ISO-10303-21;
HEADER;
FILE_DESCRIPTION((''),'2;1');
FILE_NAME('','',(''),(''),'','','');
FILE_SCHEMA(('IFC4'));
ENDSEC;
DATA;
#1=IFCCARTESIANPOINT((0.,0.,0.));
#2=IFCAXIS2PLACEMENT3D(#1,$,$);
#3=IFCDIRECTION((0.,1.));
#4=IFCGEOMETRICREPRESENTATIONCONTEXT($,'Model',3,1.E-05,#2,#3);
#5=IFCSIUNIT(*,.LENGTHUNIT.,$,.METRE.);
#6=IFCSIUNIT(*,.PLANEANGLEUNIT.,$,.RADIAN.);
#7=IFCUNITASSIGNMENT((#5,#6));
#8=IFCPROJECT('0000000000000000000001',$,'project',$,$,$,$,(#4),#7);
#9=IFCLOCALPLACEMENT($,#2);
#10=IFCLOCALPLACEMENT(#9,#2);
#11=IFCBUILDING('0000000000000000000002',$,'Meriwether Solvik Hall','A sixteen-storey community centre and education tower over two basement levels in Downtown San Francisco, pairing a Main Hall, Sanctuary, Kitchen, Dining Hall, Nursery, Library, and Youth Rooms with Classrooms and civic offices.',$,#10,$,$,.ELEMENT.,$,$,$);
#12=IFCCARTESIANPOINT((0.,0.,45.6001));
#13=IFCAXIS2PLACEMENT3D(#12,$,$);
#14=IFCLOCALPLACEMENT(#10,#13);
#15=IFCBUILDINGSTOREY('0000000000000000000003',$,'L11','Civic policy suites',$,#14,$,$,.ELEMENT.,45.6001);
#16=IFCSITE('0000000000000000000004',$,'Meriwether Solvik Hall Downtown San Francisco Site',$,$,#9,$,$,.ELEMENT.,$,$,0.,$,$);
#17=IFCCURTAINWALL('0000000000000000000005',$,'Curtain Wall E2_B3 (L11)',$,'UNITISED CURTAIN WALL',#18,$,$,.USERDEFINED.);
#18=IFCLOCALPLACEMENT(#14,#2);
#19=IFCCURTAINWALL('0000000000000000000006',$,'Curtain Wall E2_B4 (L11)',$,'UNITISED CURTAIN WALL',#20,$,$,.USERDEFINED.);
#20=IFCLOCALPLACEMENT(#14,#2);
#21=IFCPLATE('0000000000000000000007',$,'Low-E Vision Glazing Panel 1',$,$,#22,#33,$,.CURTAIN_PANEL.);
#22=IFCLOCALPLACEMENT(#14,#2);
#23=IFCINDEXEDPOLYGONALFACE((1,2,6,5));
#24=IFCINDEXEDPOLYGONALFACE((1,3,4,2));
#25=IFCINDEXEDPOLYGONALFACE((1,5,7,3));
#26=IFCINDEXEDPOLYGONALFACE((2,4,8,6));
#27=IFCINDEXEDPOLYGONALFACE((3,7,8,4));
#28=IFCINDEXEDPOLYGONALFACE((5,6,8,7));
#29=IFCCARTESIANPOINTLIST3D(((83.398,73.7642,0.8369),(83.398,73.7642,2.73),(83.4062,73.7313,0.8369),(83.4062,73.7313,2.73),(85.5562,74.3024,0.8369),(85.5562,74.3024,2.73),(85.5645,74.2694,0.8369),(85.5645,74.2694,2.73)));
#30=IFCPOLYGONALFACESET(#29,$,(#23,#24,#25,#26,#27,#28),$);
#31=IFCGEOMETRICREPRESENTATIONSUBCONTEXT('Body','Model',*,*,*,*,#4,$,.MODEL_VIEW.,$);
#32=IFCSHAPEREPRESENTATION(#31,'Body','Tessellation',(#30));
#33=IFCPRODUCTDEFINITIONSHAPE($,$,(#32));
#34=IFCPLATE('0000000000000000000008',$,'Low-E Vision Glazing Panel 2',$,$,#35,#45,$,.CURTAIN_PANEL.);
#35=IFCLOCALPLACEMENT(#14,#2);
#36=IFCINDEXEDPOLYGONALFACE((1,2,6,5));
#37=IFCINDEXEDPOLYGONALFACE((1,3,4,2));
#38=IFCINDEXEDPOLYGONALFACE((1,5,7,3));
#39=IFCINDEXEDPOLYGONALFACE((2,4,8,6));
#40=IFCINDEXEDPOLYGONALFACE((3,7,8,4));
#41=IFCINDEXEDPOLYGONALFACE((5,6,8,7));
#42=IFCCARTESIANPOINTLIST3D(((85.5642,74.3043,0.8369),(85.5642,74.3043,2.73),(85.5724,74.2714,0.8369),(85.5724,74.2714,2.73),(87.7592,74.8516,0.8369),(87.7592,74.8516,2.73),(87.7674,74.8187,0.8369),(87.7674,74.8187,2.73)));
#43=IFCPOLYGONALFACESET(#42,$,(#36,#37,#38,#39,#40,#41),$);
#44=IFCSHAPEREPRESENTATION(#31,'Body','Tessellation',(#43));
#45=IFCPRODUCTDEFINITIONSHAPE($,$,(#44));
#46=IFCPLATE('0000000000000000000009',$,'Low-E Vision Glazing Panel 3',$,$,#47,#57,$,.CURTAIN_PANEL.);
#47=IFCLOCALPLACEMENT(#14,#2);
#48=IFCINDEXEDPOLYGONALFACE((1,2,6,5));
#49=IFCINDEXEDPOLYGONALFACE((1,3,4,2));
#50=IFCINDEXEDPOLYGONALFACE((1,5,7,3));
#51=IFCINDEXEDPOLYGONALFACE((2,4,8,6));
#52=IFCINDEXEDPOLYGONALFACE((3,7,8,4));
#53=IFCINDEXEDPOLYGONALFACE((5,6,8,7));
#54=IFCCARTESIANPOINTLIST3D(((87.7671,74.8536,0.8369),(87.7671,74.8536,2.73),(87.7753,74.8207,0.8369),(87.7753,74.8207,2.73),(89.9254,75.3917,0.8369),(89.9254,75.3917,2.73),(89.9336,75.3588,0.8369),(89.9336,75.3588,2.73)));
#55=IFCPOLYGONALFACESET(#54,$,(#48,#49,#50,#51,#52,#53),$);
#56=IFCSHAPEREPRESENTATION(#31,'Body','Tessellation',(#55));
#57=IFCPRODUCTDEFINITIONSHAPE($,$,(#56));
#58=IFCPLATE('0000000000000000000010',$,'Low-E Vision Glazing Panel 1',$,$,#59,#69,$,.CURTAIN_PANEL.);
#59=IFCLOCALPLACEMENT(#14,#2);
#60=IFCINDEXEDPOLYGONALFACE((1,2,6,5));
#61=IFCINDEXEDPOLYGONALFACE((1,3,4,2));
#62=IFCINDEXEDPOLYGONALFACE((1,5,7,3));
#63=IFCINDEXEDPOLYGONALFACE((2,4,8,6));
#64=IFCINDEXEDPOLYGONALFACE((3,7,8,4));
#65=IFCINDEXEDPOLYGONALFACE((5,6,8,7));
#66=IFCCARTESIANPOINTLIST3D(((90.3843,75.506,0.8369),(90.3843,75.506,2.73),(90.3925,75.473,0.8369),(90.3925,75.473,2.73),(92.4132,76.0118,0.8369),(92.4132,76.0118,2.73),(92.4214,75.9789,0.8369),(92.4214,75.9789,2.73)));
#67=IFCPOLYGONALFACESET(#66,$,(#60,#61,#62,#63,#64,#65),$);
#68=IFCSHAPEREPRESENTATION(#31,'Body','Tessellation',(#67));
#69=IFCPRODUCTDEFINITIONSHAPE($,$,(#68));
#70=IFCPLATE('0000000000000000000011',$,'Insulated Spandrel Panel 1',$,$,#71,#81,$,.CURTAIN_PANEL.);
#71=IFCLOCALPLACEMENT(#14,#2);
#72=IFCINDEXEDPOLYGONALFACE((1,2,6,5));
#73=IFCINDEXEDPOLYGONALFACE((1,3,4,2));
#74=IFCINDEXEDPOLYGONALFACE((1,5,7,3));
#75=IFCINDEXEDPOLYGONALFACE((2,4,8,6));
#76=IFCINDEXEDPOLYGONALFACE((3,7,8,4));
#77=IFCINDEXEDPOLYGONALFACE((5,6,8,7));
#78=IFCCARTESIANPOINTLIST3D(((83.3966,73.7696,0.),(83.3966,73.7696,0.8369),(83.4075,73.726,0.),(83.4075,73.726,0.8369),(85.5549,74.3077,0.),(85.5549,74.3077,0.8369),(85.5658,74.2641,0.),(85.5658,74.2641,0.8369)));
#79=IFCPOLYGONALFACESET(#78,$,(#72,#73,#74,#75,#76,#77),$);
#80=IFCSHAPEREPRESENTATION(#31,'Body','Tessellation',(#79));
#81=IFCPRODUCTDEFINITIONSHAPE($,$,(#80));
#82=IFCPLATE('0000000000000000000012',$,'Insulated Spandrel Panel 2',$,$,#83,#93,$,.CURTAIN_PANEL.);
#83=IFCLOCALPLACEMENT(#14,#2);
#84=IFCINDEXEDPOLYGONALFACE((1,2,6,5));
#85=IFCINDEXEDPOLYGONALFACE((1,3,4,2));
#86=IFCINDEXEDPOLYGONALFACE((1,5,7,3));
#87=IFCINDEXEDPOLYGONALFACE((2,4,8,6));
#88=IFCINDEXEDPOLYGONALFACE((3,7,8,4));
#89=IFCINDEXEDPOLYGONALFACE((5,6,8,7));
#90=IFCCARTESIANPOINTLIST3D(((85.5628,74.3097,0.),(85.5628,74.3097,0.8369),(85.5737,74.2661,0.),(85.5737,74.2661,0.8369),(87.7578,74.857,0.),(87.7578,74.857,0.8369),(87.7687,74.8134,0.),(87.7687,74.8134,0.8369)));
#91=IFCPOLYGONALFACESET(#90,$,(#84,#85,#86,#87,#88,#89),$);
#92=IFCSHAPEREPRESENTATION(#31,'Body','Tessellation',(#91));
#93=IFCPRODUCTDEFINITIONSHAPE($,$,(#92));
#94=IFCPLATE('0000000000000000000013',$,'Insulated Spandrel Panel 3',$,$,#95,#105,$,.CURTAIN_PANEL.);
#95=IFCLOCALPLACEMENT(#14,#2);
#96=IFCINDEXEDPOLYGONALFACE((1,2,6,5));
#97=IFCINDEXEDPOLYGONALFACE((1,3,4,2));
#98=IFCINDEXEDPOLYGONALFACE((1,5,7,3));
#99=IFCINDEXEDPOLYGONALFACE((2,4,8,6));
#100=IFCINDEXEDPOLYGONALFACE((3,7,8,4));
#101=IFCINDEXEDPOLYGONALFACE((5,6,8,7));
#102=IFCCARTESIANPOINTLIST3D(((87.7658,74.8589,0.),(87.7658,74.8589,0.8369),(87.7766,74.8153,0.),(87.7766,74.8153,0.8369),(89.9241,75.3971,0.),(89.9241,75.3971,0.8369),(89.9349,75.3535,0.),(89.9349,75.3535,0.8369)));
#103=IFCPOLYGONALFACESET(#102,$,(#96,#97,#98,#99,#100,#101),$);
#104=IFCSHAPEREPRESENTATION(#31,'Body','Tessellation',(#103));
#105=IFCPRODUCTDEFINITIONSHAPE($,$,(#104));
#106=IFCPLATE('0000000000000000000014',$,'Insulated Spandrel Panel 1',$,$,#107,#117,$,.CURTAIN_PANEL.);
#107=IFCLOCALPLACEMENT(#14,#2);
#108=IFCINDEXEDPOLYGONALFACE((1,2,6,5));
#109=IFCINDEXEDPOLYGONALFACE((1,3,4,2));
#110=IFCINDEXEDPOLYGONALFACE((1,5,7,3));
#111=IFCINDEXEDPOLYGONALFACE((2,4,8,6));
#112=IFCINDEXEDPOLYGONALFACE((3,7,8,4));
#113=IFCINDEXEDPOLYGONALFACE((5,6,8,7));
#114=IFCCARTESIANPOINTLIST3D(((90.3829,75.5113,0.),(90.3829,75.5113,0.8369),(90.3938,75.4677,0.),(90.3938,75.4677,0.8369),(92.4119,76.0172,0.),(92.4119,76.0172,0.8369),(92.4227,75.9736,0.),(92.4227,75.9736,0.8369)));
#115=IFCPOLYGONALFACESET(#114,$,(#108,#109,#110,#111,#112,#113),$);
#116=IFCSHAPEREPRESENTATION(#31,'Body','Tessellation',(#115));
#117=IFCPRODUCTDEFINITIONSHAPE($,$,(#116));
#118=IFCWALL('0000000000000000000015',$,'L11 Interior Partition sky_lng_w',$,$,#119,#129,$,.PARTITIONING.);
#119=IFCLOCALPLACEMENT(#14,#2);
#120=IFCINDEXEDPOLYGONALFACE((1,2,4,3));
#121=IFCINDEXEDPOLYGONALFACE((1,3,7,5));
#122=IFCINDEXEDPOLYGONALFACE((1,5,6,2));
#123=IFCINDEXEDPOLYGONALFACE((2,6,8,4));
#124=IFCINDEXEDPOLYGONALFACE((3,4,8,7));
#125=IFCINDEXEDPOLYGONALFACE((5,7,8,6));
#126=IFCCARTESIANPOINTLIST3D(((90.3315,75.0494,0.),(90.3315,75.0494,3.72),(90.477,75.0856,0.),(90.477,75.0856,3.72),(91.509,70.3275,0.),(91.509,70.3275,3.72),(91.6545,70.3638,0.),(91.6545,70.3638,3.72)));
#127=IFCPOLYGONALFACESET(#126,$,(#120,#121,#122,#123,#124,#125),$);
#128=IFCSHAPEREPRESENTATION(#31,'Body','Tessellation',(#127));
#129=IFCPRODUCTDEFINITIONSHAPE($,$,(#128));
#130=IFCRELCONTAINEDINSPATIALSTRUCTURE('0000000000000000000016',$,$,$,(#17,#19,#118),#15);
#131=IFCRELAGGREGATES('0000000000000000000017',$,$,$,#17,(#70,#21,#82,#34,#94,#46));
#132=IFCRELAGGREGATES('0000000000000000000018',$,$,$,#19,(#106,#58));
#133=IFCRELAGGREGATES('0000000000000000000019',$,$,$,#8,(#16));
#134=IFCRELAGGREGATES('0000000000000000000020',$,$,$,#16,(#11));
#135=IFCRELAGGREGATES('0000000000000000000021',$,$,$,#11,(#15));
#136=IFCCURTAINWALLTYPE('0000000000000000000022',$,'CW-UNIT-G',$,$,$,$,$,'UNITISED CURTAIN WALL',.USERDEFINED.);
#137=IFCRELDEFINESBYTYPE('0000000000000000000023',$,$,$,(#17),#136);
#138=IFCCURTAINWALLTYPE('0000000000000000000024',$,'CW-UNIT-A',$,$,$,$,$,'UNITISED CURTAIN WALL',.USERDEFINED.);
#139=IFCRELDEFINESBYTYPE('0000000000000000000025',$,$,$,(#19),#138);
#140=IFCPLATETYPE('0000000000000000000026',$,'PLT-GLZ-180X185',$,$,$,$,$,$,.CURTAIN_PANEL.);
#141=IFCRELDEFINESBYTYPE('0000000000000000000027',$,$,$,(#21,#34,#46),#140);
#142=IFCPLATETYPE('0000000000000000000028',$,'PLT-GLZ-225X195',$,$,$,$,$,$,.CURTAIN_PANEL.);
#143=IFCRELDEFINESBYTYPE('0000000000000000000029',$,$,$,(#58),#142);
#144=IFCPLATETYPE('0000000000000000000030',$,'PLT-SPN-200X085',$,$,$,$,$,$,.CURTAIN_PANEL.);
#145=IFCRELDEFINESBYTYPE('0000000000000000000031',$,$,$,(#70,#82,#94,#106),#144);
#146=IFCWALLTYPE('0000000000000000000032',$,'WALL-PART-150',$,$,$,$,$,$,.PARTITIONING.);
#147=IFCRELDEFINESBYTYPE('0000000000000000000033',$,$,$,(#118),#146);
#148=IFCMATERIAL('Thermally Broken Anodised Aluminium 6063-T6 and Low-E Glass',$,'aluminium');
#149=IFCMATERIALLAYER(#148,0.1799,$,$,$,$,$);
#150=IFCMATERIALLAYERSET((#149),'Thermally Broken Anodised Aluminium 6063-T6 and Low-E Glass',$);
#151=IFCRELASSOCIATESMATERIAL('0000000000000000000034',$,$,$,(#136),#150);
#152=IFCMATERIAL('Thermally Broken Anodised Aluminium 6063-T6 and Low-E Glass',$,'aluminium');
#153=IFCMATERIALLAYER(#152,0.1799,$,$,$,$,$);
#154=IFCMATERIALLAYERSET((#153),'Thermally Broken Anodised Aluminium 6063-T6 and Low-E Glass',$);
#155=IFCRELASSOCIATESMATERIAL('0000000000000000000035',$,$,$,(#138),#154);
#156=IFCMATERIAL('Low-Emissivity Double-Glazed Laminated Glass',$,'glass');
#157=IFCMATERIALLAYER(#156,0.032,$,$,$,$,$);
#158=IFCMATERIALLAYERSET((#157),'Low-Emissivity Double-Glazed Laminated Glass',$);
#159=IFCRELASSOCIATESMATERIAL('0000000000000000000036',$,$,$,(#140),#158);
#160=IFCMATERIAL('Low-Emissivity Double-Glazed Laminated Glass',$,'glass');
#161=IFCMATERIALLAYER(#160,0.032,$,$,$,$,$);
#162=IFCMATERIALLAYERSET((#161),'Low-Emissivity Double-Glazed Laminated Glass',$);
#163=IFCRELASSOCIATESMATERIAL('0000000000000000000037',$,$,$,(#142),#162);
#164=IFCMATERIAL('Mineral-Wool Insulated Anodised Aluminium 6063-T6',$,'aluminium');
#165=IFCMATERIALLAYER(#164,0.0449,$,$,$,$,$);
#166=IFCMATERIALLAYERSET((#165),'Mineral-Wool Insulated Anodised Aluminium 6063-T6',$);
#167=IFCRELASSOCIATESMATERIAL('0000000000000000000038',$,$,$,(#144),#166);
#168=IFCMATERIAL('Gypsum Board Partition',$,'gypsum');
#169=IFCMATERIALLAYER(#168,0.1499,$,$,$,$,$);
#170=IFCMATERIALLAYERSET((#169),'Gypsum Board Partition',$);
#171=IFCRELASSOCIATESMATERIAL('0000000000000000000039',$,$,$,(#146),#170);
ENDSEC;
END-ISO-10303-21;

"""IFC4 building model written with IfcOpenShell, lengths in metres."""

from ifc_helpers import new_model, si_unit, direction, frame, frame_2d, origin, origin_2d, place, context, subcontext, project, spatial, rectangle, extrude, material, layer, layer_set, type_object, element, aggregate, save


model = new_model("IFC4")

# Units and contexts
model_context = context("Model", 3, precision=1e-05, world=origin(), true_north=direction((0.0, 1.0)))
body_context = subcontext(model_context, "Body", "Model", "MODEL_VIEW")
ifc_project = project(units=[si_unit("LENGTHUNIT", "METRE"), si_unit("PLANEANGLEUNIT", "RADIAN")], contexts=[model_context])

# Site, building, storey
site_placement = place(None, origin())
site = spatial("IfcSite", under=ifc_project, at=site_placement, Name="Meriwether Solvik Hall Downtown San Francisco Site", CompositionType="ELEMENT", RefElevation=0.0)
building_placement = place(site_placement, origin())
building = spatial("IfcBuilding", under=site, at=building_placement, Name="Meriwether Solvik Hall", Description="A sixteen-storey community centre and education tower over two basement levels in Downtown San Francisco, pairing a Main Hall, Sanctuary, Kitchen, Dining Hall, Nursery, Library, and Youth Rooms with Classrooms and civic offices.", CompositionType="ELEMENT")
storey_placement = place(building_placement, frame((0.0, 0.0, 45.6001)))
storey = spatial("IfcBuildingStorey", under=building, at=storey_placement, Name="L11", Description="Civic policy suites", CompositionType="ELEMENT", Elevation=45.6001)

# Curtain walls
ifc_material_1 = material(Name="Thermally Broken Anodised Aluminium 6063-T6 and Low-E Glass", Category="aluminium")
ifc_layer_1 = layer(ifc_material_1, 0.1799)
ifc_layer_set_1 = layer_set([ifc_layer_1], Name="Thermally Broken Anodised Aluminium 6063-T6 and Low-E Glass")
curtain_wall_type_1 = type_object("IfcCurtainWallType", Name="CW-UNIT-G", ElementType="UNITISED CURTAIN WALL", PredefinedType="USERDEFINED", material=ifc_layer_set_1)
curtain_wall_1_placement = place(storey_placement, origin())
curtain_wall_1 = element("IfcCurtainWall", 1, at=curtain_wall_1_placement, inside=storey, type_object=curtain_wall_type_1, Name="Curtain Wall E2_B3 (L11)", ObjectType="UNITISED CURTAIN WALL", PredefinedType="USERDEFINED")
ifc_material_2 = material(Name="Thermally Broken Anodised Aluminium 6063-T6 and Low-E Glass", Category="aluminium")
ifc_layer_2 = layer(ifc_material_2, 0.1799)
ifc_layer_set_2 = layer_set([ifc_layer_2], Name="Thermally Broken Anodised Aluminium 6063-T6 and Low-E Glass")
curtain_wall_type_2 = type_object("IfcCurtainWallType", Name="CW-UNIT-A", ElementType="UNITISED CURTAIN WALL", PredefinedType="USERDEFINED", material=ifc_layer_set_2)
curtain_wall_2_placement = place(storey_placement, origin())
curtain_wall_2 = element("IfcCurtainWall", 2, at=curtain_wall_2_placement, inside=storey, type_object=curtain_wall_type_2, Name="Curtain Wall E2_B4 (L11)", ObjectType="UNITISED CURTAIN WALL", PredefinedType="USERDEFINED")

# Plates
ifc_material_3 = material(Name="Low-Emissivity Double-Glazed Laminated Glass", Category="glass")
ifc_layer_3 = layer(ifc_material_3, 0.032)
ifc_layer_set_3 = layer_set([ifc_layer_3], Name="Low-Emissivity Double-Glazed Laminated Glass")
plate_type_1 = type_object("IfcPlateType", Name="PLT-GLZ-180X185", PredefinedType="CURTAIN_PANEL", material=ifc_layer_set_3)
plate_1_placement = place(storey_placement, frame((84.4812, 74.0168, 0.8369), z_axis=(0.0, 0.0, 1.0), x_axis=(0.970296, 0.241922, 0.0)))
plate_1 = element("IfcPlate", 3, at=plate_1_placement, type_object=plate_type_1, Name="Low-E Vision Glazing Panel 1", PredefinedType="CURTAIN_PANEL", context=body_context, shape_type="SweptSolid", body=[
    extrude(rectangle(XDim=2.2244, YDim=0.0339, at=origin_2d()), origin(), (0.0, 0.0, 1.0), 1.8931),
])
plate_2_placement = place(storey_placement, frame((86.6658, 74.5615, 0.8369), z_axis=(0.0, 0.0, 1.0), x_axis=(0.970296, 0.241922, 0.0)))
plate_2 = element("IfcPlate", 4, at=plate_2_placement, type_object=plate_type_1, Name="Low-E Vision Glazing Panel 2", PredefinedType="CURTAIN_PANEL", context=body_context, shape_type="SweptSolid", body=[
    extrude(rectangle(XDim=2.2622, YDim=0.0339, at=origin_2d()), origin(), (0.0, 0.0, 1.0), 1.8931),
])
plate_3_placement = place(storey_placement, frame((88.8503, 75.1062, 0.8369), z_axis=(0.0, 0.0, 1.0), x_axis=(0.970296, 0.241922, 0.0)))
plate_3 = element("IfcPlate", 5, at=plate_3_placement, type_object=plate_type_1, Name="Low-E Vision Glazing Panel 3", PredefinedType="CURTAIN_PANEL", context=body_context, shape_type="SweptSolid", body=[
    extrude(rectangle(XDim=2.2244, YDim=0.0339, at=origin_2d()), origin(), (0.0, 0.0, 1.0), 1.8931),
])
ifc_material_4 = material(Name="Low-Emissivity Double-Glazed Laminated Glass", Category="glass")
ifc_layer_4 = layer(ifc_material_4, 0.032)
ifc_layer_set_4 = layer_set([ifc_layer_4], Name="Low-Emissivity Double-Glazed Laminated Glass")
plate_type_2 = type_object("IfcPlateType", Name="PLT-GLZ-225X195", PredefinedType="CURTAIN_PANEL", material=ifc_layer_set_4)
plate_4_placement = place(storey_placement, frame((91.4028, 75.7424, 0.8369), z_axis=(0.0, 0.0, 1.0), x_axis=(0.970296, 0.241922, 0.0)))
plate_4 = element("IfcPlate", 6, at=plate_4_placement, type_object=plate_type_2, Name="Low-E Vision Glazing Panel 1", PredefinedType="CURTAIN_PANEL", context=body_context, shape_type="SweptSolid", body=[
    extrude(rectangle(XDim=2.0911, YDim=0.0339, at=origin_2d()), origin(), (0.0, 0.0, 1.0), 1.8931),
])
ifc_material_5 = material(Name="Mineral-Wool Insulated Anodised Aluminium 6063-T6", Category="aluminium")
ifc_layer_5 = layer(ifc_material_5, 0.0449)
ifc_layer_set_5 = layer_set([ifc_layer_5], Name="Mineral-Wool Insulated Anodised Aluminium 6063-T6")
plate_type_3 = type_object("IfcPlateType", Name="PLT-SPN-200X085", PredefinedType="CURTAIN_PANEL", material=ifc_layer_set_5)
plate_5_placement = place(storey_placement, frame((84.4812, 74.0168, 0.0), z_axis=(0.0, 0.0, 1.0), x_axis=(0.970296, 0.241922, 0.0)))
plate_5 = element("IfcPlate", 7, at=plate_5_placement, type_object=plate_type_3, Name="Insulated Spandrel Panel 1", PredefinedType="CURTAIN_PANEL", context=body_context, shape_type="SweptSolid", body=[
    extrude(rectangle(XDim=2.2244, YDim=0.0449, at=origin_2d()), origin(), (0.0, 0.0, 1.0), 0.8369),
])
plate_6_placement = place(storey_placement, frame((86.6658, 74.5615, 0.0), z_axis=(0.0, 0.0, 1.0), x_axis=(0.970296, 0.241922, 0.0)))
plate_6 = element("IfcPlate", 8, at=plate_6_placement, type_object=plate_type_3, Name="Insulated Spandrel Panel 2", PredefinedType="CURTAIN_PANEL", context=body_context, shape_type="SweptSolid", body=[
    extrude(rectangle(XDim=2.2622, YDim=0.0449, at=origin_2d()), origin(), (0.0, 0.0, 1.0), 0.8369),
])
plate_7_placement = place(storey_placement, frame((88.8503, 75.1062, 0.0), z_axis=(0.0, 0.0, 1.0), x_axis=(0.970296, 0.241922, 0.0)))
plate_7 = element("IfcPlate", 9, at=plate_7_placement, type_object=plate_type_3, Name="Insulated Spandrel Panel 3", PredefinedType="CURTAIN_PANEL", context=body_context, shape_type="SweptSolid", body=[
    extrude(rectangle(XDim=2.2244, YDim=0.0449, at=origin_2d()), origin(), (0.0, 0.0, 1.0), 0.8369),
])
aggregate(curtain_wall_1, [plate_5, plate_1, plate_6, plate_2, plate_7, plate_3])
plate_8_placement = place(storey_placement, frame((91.4028, 75.7424, 0.0), z_axis=(0.0, 0.0, 1.0), x_axis=(0.970296, 0.241922, 0.0)))
plate_8 = element("IfcPlate", 10, at=plate_8_placement, type_object=plate_type_3, Name="Insulated Spandrel Panel 1", PredefinedType="CURTAIN_PANEL", context=body_context, shape_type="SweptSolid", body=[
    extrude(rectangle(XDim=2.0911, YDim=0.0449, at=origin_2d()), origin(), (0.0, 0.0, 1.0), 0.8369),
])
aggregate(curtain_wall_2, [plate_8, plate_4])

# Wall
ifc_material_6 = material(Name="Gypsum Board Partition", Category="gypsum")
ifc_layer_6 = layer(ifc_material_6, 0.1499)
ifc_layer_set_6 = layer_set([ifc_layer_6], Name="Gypsum Board Partition")
wall_type = type_object("IfcWallType", Name="WALL-PART-150", PredefinedType="PARTITIONING", material=ifc_layer_set_6)
wall_placement = place(storey_placement, frame((90.4043, 75.0674, 0.0), z_axis=(0.0, 0.0, 1.0), x_axis=(0.241957, -0.970287, 0.0)))
element("IfcWall", 11, at=wall_placement, inside=storey, type_object=wall_type, Name="L11 Interior Partition sky_lng_w", PredefinedType="PARTITIONING", context=body_context, shape_type="SweptSolid", body=[
    extrude(rectangle(XDim=4.8665, YDim=0.1499, at=frame_2d((2.4331, 0.0))), origin(), (0.0, 0.0, 1.0), 3.72),
])

save(model, "model.ifc")
